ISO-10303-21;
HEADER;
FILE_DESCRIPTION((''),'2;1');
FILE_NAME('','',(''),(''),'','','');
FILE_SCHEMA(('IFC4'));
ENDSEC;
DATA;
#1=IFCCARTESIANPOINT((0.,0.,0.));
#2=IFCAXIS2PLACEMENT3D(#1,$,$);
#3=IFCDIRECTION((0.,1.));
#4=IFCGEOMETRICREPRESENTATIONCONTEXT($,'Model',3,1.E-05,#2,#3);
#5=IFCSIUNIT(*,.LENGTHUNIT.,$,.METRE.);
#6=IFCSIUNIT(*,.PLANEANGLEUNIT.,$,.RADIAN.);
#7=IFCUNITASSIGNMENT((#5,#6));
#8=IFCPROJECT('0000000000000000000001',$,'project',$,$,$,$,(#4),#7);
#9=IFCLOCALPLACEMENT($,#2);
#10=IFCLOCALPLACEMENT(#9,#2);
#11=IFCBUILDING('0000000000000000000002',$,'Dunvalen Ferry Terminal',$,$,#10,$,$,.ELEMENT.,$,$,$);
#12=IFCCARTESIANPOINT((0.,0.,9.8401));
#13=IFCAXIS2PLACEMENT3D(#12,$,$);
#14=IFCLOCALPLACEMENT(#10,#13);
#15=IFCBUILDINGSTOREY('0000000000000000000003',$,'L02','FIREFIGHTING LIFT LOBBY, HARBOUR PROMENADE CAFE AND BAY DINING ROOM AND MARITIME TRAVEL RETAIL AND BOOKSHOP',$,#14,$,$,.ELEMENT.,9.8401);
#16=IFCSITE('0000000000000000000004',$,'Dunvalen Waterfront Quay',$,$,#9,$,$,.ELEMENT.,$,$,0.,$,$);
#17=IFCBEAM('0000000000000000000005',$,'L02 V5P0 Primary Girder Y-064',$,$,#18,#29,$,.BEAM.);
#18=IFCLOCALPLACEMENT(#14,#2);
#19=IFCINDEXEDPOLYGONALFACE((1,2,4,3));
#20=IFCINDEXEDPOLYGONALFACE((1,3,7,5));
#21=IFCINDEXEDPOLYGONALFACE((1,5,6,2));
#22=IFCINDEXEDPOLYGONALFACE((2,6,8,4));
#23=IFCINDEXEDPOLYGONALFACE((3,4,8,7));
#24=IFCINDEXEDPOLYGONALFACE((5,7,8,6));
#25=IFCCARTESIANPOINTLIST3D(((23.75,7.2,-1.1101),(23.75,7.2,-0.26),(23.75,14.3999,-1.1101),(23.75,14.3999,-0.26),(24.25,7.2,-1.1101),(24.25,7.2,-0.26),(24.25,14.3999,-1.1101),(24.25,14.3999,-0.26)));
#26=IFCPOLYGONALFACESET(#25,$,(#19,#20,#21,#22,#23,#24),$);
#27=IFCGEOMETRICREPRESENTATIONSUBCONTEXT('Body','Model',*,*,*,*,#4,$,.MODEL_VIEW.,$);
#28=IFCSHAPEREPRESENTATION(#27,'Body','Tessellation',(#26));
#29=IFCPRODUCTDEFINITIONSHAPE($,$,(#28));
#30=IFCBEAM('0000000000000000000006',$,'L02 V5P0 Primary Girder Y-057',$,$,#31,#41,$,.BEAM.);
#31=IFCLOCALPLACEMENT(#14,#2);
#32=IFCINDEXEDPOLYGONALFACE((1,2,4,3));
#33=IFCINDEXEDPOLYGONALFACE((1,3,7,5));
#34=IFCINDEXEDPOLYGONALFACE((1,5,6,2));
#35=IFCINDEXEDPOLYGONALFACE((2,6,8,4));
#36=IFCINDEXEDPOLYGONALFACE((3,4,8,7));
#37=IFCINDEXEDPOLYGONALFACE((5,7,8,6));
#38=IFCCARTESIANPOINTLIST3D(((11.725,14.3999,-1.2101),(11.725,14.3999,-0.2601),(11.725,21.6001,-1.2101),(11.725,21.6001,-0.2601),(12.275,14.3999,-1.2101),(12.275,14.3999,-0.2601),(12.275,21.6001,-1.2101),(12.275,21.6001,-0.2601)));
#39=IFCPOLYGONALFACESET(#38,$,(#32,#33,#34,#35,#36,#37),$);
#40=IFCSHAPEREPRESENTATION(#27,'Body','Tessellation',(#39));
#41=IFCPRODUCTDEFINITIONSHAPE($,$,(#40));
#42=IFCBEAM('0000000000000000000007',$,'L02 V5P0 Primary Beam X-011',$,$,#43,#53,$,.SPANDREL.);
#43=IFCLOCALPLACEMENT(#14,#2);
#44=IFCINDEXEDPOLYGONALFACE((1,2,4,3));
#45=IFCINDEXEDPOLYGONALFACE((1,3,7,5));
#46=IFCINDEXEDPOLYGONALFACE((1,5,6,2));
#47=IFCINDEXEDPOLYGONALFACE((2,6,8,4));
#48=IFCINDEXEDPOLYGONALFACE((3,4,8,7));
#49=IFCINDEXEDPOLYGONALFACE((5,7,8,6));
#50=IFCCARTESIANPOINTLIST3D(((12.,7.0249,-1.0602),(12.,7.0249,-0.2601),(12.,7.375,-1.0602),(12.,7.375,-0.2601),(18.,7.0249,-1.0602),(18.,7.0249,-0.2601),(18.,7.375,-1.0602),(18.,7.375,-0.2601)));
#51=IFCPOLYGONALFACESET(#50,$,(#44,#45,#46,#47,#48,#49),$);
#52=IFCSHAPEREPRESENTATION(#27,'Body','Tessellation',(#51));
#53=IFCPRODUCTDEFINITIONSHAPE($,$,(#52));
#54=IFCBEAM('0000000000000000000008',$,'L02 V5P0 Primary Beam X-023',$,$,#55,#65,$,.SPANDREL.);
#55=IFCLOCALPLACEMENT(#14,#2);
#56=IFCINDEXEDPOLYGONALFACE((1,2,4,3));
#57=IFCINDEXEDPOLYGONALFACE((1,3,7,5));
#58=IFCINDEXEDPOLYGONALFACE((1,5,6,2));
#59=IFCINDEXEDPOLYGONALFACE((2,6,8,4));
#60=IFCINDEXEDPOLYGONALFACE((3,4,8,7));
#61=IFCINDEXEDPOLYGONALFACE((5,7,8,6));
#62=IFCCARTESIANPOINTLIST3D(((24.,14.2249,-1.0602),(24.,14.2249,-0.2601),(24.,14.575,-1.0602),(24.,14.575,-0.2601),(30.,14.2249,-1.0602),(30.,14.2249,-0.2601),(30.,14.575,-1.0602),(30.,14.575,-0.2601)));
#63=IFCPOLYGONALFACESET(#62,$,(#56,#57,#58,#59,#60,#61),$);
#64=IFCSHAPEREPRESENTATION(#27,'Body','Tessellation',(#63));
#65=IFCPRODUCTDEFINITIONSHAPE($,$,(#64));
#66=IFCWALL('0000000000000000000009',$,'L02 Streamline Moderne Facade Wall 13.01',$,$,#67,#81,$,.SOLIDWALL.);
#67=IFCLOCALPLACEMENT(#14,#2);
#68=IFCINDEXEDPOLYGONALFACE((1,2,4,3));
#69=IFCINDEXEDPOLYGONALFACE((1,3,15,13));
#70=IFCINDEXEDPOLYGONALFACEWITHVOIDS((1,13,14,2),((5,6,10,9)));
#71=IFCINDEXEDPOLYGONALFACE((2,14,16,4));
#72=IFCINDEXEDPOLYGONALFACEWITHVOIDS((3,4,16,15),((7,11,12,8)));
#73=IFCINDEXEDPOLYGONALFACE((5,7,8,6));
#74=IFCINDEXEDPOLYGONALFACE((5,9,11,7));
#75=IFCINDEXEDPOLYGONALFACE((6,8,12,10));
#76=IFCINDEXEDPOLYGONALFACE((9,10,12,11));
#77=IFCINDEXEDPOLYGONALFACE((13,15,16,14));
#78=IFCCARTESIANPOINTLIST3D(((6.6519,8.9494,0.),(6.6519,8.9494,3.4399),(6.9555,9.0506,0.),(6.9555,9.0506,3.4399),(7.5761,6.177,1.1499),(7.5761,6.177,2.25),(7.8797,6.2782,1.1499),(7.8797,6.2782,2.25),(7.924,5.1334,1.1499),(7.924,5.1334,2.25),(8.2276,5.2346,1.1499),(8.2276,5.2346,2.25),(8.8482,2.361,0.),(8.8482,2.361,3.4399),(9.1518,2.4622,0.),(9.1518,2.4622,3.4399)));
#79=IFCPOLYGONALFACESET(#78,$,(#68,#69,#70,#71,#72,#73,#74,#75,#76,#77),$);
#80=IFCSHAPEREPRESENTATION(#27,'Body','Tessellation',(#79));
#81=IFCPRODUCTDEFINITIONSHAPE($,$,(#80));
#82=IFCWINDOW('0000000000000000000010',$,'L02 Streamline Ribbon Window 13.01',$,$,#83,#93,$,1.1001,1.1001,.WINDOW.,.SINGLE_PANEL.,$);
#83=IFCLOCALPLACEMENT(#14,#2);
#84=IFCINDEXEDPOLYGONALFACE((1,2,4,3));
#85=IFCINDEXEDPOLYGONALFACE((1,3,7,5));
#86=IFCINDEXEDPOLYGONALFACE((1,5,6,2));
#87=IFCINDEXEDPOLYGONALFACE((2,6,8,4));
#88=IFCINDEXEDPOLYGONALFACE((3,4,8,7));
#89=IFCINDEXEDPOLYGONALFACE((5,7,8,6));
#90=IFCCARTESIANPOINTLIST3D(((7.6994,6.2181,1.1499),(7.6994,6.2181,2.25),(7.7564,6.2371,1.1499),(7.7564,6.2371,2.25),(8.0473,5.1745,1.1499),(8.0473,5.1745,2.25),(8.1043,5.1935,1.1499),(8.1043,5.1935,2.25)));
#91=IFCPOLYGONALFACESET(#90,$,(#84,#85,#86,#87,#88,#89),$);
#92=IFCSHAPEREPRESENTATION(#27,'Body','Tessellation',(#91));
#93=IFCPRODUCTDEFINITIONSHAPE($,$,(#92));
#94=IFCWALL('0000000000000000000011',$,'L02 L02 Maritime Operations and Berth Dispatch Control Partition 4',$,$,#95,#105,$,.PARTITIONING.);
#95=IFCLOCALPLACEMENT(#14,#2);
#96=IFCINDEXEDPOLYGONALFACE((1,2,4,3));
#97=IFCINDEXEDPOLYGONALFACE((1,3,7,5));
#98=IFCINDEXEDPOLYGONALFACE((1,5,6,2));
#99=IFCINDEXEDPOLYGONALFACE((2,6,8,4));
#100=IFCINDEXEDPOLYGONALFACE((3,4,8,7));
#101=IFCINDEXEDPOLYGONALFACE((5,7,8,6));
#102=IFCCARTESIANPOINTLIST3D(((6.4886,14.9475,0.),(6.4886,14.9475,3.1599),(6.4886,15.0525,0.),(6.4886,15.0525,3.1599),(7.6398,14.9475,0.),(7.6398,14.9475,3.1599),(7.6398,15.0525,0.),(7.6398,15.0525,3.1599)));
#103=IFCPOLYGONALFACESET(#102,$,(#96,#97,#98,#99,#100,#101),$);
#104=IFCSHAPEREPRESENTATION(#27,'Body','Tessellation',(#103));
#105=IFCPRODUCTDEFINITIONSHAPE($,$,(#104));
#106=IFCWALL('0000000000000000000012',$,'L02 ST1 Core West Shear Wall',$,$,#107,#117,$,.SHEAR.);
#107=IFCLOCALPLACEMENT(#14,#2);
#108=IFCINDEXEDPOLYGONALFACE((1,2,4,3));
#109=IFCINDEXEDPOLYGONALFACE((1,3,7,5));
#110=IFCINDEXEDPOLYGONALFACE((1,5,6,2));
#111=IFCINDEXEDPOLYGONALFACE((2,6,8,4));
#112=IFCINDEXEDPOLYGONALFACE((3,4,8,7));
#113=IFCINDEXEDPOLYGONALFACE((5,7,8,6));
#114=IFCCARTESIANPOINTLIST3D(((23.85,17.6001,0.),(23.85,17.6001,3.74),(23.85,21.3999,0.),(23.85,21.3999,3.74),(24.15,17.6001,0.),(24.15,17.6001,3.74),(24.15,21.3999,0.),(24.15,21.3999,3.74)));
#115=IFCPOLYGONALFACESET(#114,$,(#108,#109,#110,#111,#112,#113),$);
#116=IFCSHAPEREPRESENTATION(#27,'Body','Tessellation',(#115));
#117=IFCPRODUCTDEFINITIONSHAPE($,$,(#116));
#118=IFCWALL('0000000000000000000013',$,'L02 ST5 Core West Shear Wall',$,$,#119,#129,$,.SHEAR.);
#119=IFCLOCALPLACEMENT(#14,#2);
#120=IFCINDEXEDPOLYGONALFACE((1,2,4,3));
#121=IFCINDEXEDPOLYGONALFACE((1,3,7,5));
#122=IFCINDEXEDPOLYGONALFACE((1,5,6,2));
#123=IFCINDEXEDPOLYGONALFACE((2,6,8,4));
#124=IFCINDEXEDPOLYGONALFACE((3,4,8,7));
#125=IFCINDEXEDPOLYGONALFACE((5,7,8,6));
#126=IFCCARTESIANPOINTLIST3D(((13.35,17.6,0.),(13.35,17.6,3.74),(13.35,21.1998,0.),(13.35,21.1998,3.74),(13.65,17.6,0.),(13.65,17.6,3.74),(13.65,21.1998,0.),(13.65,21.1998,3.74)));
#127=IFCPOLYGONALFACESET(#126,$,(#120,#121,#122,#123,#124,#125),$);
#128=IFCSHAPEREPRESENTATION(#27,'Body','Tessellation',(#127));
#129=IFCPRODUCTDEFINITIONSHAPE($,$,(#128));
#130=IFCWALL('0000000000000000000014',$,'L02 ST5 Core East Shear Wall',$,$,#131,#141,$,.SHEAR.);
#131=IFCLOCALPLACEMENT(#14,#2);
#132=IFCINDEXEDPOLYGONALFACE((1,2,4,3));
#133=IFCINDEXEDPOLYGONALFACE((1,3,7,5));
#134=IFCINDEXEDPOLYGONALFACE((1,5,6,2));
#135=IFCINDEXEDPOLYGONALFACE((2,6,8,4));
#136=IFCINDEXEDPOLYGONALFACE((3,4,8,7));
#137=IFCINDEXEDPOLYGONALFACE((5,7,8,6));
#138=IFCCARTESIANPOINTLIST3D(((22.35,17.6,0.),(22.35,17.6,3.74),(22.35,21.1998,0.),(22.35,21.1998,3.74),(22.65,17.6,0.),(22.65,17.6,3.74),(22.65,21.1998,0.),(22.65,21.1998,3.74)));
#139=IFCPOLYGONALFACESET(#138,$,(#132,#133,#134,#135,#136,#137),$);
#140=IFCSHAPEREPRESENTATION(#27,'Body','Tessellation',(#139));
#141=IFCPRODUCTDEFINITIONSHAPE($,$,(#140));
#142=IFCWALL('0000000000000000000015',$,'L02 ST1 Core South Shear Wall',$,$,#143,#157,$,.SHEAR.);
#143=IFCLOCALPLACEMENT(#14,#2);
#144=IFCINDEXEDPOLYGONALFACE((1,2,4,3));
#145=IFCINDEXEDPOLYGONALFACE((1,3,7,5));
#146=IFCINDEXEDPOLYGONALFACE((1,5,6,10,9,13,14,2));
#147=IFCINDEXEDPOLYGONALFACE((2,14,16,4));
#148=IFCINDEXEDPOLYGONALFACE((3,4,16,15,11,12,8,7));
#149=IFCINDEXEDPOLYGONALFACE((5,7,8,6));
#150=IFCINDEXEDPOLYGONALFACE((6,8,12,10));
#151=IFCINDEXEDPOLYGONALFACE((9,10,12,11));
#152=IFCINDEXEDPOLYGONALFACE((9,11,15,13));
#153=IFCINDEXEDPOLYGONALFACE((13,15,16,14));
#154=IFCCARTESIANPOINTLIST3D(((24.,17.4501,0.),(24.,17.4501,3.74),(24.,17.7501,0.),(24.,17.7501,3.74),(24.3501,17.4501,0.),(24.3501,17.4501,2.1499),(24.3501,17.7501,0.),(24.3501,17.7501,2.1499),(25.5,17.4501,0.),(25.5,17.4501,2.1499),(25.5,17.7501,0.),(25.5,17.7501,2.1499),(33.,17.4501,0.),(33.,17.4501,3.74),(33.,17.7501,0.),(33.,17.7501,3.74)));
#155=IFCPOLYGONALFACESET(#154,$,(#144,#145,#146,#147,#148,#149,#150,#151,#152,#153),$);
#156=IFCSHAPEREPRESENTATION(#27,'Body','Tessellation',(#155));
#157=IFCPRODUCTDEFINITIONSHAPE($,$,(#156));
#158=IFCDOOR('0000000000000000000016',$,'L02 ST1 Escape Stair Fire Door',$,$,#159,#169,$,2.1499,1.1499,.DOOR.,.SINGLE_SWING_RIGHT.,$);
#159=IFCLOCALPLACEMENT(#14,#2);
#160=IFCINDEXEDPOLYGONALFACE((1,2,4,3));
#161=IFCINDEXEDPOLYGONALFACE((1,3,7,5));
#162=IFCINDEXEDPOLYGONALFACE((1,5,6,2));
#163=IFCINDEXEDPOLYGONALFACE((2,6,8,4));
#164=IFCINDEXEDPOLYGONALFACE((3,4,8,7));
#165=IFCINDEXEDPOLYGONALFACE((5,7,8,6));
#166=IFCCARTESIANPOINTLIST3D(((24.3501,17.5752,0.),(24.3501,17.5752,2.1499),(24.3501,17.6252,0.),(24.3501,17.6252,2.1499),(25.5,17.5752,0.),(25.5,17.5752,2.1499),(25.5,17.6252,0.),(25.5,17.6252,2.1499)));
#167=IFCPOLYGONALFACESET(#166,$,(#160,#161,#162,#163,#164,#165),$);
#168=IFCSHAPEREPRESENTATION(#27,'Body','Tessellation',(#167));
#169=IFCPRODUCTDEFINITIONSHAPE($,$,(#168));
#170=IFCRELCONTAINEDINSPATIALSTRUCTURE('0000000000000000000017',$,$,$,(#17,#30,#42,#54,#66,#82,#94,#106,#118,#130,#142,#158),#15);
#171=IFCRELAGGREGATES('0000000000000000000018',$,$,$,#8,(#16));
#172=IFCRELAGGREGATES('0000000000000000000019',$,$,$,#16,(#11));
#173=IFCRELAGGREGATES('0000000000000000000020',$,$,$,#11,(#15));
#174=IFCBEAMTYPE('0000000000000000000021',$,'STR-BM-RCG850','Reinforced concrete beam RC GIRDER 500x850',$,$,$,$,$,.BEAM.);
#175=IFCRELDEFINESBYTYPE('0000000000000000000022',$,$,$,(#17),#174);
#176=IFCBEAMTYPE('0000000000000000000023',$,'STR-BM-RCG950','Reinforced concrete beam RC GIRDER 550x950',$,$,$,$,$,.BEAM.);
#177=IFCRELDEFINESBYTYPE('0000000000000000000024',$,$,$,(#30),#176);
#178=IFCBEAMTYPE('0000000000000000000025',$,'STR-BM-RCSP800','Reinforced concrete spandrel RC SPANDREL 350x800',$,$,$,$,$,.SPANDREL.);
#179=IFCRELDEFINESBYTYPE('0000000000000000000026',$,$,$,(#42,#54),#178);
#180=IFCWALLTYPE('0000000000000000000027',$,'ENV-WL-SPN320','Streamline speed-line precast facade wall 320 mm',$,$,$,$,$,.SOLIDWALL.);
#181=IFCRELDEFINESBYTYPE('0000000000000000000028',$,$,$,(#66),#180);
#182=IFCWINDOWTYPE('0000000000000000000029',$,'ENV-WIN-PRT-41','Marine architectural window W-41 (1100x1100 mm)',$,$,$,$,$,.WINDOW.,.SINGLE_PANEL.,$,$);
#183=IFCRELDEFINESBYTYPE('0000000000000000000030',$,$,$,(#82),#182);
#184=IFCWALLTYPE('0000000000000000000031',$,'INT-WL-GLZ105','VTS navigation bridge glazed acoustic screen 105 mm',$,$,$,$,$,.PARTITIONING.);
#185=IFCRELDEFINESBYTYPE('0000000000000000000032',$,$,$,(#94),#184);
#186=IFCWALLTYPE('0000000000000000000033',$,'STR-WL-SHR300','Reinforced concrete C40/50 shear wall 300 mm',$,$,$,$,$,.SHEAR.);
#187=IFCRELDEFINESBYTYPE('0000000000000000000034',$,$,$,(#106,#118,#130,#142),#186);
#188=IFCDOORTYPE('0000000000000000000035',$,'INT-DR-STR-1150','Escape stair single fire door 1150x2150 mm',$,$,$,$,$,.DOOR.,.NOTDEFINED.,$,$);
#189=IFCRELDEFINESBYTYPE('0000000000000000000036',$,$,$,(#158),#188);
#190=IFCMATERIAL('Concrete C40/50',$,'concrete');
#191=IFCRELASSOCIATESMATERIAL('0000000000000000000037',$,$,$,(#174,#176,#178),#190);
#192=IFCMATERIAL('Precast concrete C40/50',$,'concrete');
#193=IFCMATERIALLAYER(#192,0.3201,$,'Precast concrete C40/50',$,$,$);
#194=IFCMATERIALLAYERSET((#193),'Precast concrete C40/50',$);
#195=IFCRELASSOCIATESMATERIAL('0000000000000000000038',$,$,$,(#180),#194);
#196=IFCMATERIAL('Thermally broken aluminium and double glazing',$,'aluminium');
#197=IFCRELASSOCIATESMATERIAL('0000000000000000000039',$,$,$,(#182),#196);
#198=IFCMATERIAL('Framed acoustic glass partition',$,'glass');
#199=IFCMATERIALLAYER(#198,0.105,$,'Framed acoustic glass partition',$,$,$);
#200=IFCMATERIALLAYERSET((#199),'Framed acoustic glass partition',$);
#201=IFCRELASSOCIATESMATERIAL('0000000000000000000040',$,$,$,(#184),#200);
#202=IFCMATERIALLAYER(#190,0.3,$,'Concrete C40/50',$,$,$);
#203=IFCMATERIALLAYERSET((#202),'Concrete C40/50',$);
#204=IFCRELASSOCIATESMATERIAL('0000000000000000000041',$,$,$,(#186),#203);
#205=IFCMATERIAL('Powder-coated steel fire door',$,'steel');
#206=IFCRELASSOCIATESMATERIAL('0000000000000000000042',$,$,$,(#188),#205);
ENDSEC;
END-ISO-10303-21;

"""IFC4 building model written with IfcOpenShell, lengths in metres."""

from ifc_helpers import new_model, si_unit, direction, frame, frame_2d, origin, origin_2d, place, context, subcontext, project, spatial, rectangle, extrude, material, layer, layer_set, material_profile, profile_set, type_object, element, fill, save


model = new_model("IFC4")

# Units and contexts
model_context = context("Model", 3, precision=1e-05, world=origin(), true_north=direction((0.0, 1.0)))
body_context = subcontext(model_context, "Body", "Model", "MODEL_VIEW")
ifc_project = project(units=[si_unit("LENGTHUNIT", "METRE"), si_unit("PLANEANGLEUNIT", "RADIAN")], contexts=[model_context])

# Site, building, storey
site_placement = place(None, origin())
site = spatial("IfcSite", under=ifc_project, at=site_placement, Name="Dunvalen Waterfront Quay", CompositionType="ELEMENT", RefElevation=0.0)
building_placement = place(site_placement, origin())
building = spatial("IfcBuilding", under=site, at=building_placement, Name="Dunvalen Ferry Terminal", CompositionType="ELEMENT")
storey_placement = place(building_placement, frame((0.0, 0.0, 9.8401)))
storey = spatial("IfcBuildingStorey", under=building, at=storey_placement, Name="L02", Description="FIREFIGHTING LIFT LOBBY, HARBOUR PROMENADE CAFE AND BAY DINING ROOM AND MARITIME TRAVEL RETAIL AND BOOKSHOP", CompositionType="ELEMENT", Elevation=9.8401)

# Shared definitions
ifc_material_1 = material(Name="Concrete C40/50", Category="concrete")

# Beams
ifc_material_profile_1 = material_profile(ifc_material_1, rectangle(XDim=0.5, YDim=0.8501, at=origin_2d()), Name="Concrete C40/50")
ifc_profile_set_1 = profile_set([ifc_material_profile_1], Name="Concrete C40/50")
beam_type_1 = type_object("IfcBeamType", Name="STR-BM-RCG850", Description="Reinforced concrete beam RC GIRDER 500x850", PredefinedType="BEAM", material=ifc_profile_set_1)
for number, where, z_axis, x_axis, name in (
    (1, (24.0, 7.2, -0.6851), (0.0, 1.0, 0.0), (-1.0, 0.0, 0.0), "L02 V5P0 Primary Girder Y-064"),
):
    element("IfcBeam", number, at=place(storey_placement, frame(where, z_axis=z_axis, x_axis=x_axis)), inside=storey, type_object=beam_type_1, Name=name, PredefinedType="BEAM", context=body_context, shape_type="SweptSolid", body=[
        extrude(rectangle(XDim=0.5, YDim=0.8501, at=origin_2d()), origin(), (0.0, 0.0, 1.0), 7.2),
    ])
ifc_material_profile_2 = material_profile(ifc_material_1, rectangle(XDim=0.55, YDim=0.95, at=origin_2d()), Name="Concrete C40/50")
ifc_profile_set_2 = profile_set([ifc_material_profile_2], Name="Concrete C40/50")
beam_type_2 = type_object("IfcBeamType", Name="STR-BM-RCG950", Description="Reinforced concrete beam RC GIRDER 550x950", PredefinedType="BEAM", material=ifc_profile_set_2)
beam_1_placement = place(storey_placement, frame((12.0, 14.3999, -0.7351), z_axis=(0.0, 1.0, 0.0), x_axis=(-1.0, 0.0, 0.0)))
element("IfcBeam", 2, at=beam_1_placement, inside=storey, type_object=beam_type_2, Name="L02 V5P0 Primary Girder Y-057", PredefinedType="BEAM", context=body_context, shape_type="SweptSolid", body=[
    extrude(rectangle(XDim=0.55, YDim=0.95, at=origin_2d()), origin(), (0.0, 0.0, 1.0), 7.2002),
])
ifc_material_profile_3 = material_profile(ifc_material_1, rectangle(XDim=0.3501, YDim=0.8, at=origin_2d()), Name="Concrete C40/50")
ifc_profile_set_3 = profile_set([ifc_material_profile_3], Name="Concrete C40/50")
beam_type_3 = type_object("IfcBeamType", Name="STR-BM-RCSP800", Description="Reinforced concrete spandrel RC SPANDREL 350x800", PredefinedType="SPANDREL", material=ifc_profile_set_3)
for number, where, z_axis, x_axis, name in (
    (3, (12.0, 7.2, -0.6602), (1.0, 0.0, 0.0), (0.0, 1.0, 0.0), "L02 V5P0 Primary Beam X-011"),
    (4, (24.0, 14.3999, -0.6602), (1.0, 0.0, 0.0), (0.0, 1.0, 0.0), "L02 V5P0 Primary Beam X-023"),
):
    element("IfcBeam", number, at=place(storey_placement, frame(where, z_axis=z_axis, x_axis=x_axis)), inside=storey, type_object=beam_type_3, Name=name, PredefinedType="SPANDREL", context=body_context, shape_type="SweptSolid", body=[
        extrude(rectangle(XDim=0.3501, YDim=0.8, at=origin_2d()), origin(), (0.0, 0.0, 1.0), 6.0),
    ])

# Wall, opening, window
ifc_material_2 = material(Name="Precast concrete C40/50", Category="concrete")
ifc_layer_1 = layer(ifc_material_2, 0.3201, Name="Precast concrete C40/50")
ifc_layer_set_1 = layer_set([ifc_layer_1], Name="Precast concrete C40/50")
wall_type_1 = type_object("IfcWallType", Name="ENV-WL-SPN320", Description="Streamline speed-line precast facade wall 320 mm", PredefinedType="SOLIDWALL", material=ifc_layer_set_1)
wall_1_placement = place(storey_placement, frame((6.8037, 9.0, 0.0), z_axis=(0.0, 0.0, 1.0), x_axis=(0.316249, -0.948676, 0.0)))
wall_1 = element("IfcWall", 5, at=wall_1_placement, inside=storey, type_object=wall_type_1, Name="L02 Streamline Moderne Facade Wall 13.01", PredefinedType="SOLIDWALL", context=body_context, shape_type="SweptSolid", body=[
    extrude(rectangle(XDim=6.9448, YDim=0.3201, at=frame_2d((3.4724, 0.0))), origin(), (0.0, 0.0, 1.0), 3.4399),
])
opening_1_placement = place(wall_1_placement, frame((2.9224, 0.0, 1.1499)))
opening_1 = element("IfcOpeningElement", 6, at=opening_1_placement, cuts=wall_1, PredefinedType="OPENING", context=body_context, shape_type="SweptSolid", body=[
    extrude(rectangle(XDim=1.1001, YDim=1.1001, at=frame_2d((0.55, 0.55))), frame((0.0, 0.1699, 0.0), z_axis=(0.0, -1.0, 0.0), x_axis=(1.0, 0.0, 0.0)), (0.0, 0.0, 1.0), 0.3401),
])
ifc_material_3 = material(Name="Thermally broken aluminium and double glazing", Category="aluminium")
window_type = type_object("IfcWindowType", Name="ENV-WIN-PRT-41", Description="Marine architectural window W-41 (1100x1100 mm)", PartitioningType="SINGLE_PANEL", PredefinedType="WINDOW", material=ifc_material_3)
window_placement = place(opening_1_placement, origin())
window = element("IfcWindow", 7, at=window_placement, inside=storey, type_object=window_type, Name="L02 Streamline Ribbon Window 13.01", OverallHeight=1.1001, OverallWidth=1.1001, PartitioningType="SINGLE_PANEL", PredefinedType="WINDOW", context=body_context, shape_type="SweptSolid", body=[
    extrude(rectangle(XDim=1.1001, YDim=1.1001, at=frame_2d((0.55, 0.55))), frame((0.0, 0.03, 0.0), z_axis=(0.0, -1.0, 0.0), x_axis=(1.0, 0.0, 0.0)), (0.0, 0.0, 1.0), 0.0601),
])
fill(opening_1, window)

# Walls
ifc_material_4 = material(Name="Framed acoustic glass partition", Category="glass")
ifc_layer_2 = layer(ifc_material_4, 0.105, Name="Framed acoustic glass partition")
ifc_layer_set_2 = layer_set([ifc_layer_2], Name="Framed acoustic glass partition")
wall_type_2 = type_object("IfcWallType", Name="INT-WL-GLZ105", Description="VTS navigation bridge glazed acoustic screen 105 mm", PredefinedType="PARTITIONING", material=ifc_layer_set_2)
wall_2_placement = place(storey_placement, frame((7.6399, 15.0, 0.0), z_axis=(0.0, 0.0, 1.0), x_axis=(-1.0, 0.0, 0.0)))
element("IfcWall", 8, at=wall_2_placement, inside=storey, type_object=wall_type_2, Name="L02 L02 Maritime Operations and Berth Dispatch Control Partition 4", PredefinedType="PARTITIONING", context=body_context, shape_type="SweptSolid", body=[
    extrude(rectangle(XDim=1.1511, YDim=0.105, at=frame_2d((0.5757, 0.0))), origin(), (0.0, 0.0, 1.0), 3.1599),
])
ifc_layer_3 = layer(ifc_material_1, 0.3, Name="Concrete C40/50")
ifc_layer_set_3 = layer_set([ifc_layer_3], Name="Concrete C40/50")
wall_type_3 = type_object("IfcWallType", Name="STR-WL-SHR300", Description="Reinforced concrete C40/50 shear wall 300 mm", PredefinedType="SHEAR", material=ifc_layer_set_3)
wall_3_placement = place(storey_placement, frame((24.0, 17.6001, 0.0), z_axis=(0.0, 0.0, 1.0), x_axis=(0.0, 1.0, 0.0)))
element("IfcWall", 9, at=wall_3_placement, inside=storey, type_object=wall_type_3, Name="L02 ST1 Core West Shear Wall", PredefinedType="SHEAR", context=body_context, shape_type="SweptSolid", body=[
    extrude(rectangle(XDim=3.7998, YDim=0.3, at=frame_2d((1.8999, 0.0))), origin(), (0.0, 0.0, 1.0), 3.74),
])
for number, where, z_axis, x_axis, name in (
    (10, (13.5, 17.6001, 0.0), (0.0, 0.0, 1.0), (0.0, 1.0, 0.0), "L02 ST5 Core West Shear Wall"),
    (11, (22.5, 17.6001, 0.0), (0.0, 0.0, 1.0), (0.0, 1.0, 0.0), "L02 ST5 Core East Shear Wall"),
):
    element("IfcWall", number, at=place(storey_placement, frame(where, z_axis=z_axis, x_axis=x_axis)), inside=storey, type_object=wall_type_3, Name=name, PredefinedType="SHEAR", context=body_context, shape_type="SweptSolid", body=[
        extrude(rectangle(XDim=3.5999, YDim=0.3, at=frame_2d((1.7998, 0.0))), origin(), (0.0, 0.0, 1.0), 3.74),
    ])

# Wall, opening, door
wall_4_placement = place(storey_placement, frame((24.0, 17.6001, 0.0), z_axis=(0.0, 0.0, 1.0), x_axis=(1.0, 0.0, 0.0)))
wall_4 = element("IfcWall", 12, at=wall_4_placement, inside=storey, type_object=wall_type_3, Name="L02 ST1 Core South Shear Wall", PredefinedType="SHEAR", context=body_context, shape_type="SweptSolid", body=[
    extrude(rectangle(XDim=9.0, YDim=0.3, at=frame_2d((4.5, 0.0))), origin(), (0.0, 0.0, 1.0), 3.74),
])
opening_2_placement = place(wall_4_placement, frame((0.3501, 0.0, 0.0)))
opening_2 = element("IfcOpeningElement", 13, at=opening_2_placement, cuts=wall_4, PredefinedType="OPENING", context=body_context, shape_type="SweptSolid", body=[
    extrude(rectangle(XDim=1.1499, YDim=2.1499, at=frame_2d((0.575, 1.075))), frame((0.0, 0.1602, 0.0), z_axis=(0.0, -1.0, 0.0), x_axis=(1.0, 0.0, 0.0)), (0.0, 0.0, 1.0), 0.3201),
])
ifc_material_5 = material(Name="Powder-coated steel fire door", Category="steel")
door_type = type_object("IfcDoorType", Name="INT-DR-STR-1150", Description="Escape stair single fire door 1150x2150 mm", OperationType="NOTDEFINED", PredefinedType="DOOR", material=ifc_material_5)
door_1_placement = place(opening_2_placement, frame((1.1499, 0.0, 0.0), z_axis=(0.0, 0.0, 1.0), x_axis=(-1.0, 0.0, 0.0)))
door_1 = element("IfcDoor", 14, at=door_1_placement, inside=storey, type_object=door_type, Name="L02 ST1 Escape Stair Fire Door", OperationType="SINGLE_SWING_RIGHT", OverallHeight=2.1499, OverallWidth=1.1499, PredefinedType="DOOR", context=body_context, shape_type="SweptSolid", body=[
    extrude(rectangle(XDim=1.1499, YDim=2.1499, at=frame_2d((0.575, 1.075))), frame((0.0, 0.0249, 0.0), z_axis=(0.0, -1.0, 0.0), x_axis=(1.0, 0.0, 0.0)), (0.0, 0.0, 1.0), 0.05),
])
fill(opening_2, door_1)

save(model, "model.ifc")
